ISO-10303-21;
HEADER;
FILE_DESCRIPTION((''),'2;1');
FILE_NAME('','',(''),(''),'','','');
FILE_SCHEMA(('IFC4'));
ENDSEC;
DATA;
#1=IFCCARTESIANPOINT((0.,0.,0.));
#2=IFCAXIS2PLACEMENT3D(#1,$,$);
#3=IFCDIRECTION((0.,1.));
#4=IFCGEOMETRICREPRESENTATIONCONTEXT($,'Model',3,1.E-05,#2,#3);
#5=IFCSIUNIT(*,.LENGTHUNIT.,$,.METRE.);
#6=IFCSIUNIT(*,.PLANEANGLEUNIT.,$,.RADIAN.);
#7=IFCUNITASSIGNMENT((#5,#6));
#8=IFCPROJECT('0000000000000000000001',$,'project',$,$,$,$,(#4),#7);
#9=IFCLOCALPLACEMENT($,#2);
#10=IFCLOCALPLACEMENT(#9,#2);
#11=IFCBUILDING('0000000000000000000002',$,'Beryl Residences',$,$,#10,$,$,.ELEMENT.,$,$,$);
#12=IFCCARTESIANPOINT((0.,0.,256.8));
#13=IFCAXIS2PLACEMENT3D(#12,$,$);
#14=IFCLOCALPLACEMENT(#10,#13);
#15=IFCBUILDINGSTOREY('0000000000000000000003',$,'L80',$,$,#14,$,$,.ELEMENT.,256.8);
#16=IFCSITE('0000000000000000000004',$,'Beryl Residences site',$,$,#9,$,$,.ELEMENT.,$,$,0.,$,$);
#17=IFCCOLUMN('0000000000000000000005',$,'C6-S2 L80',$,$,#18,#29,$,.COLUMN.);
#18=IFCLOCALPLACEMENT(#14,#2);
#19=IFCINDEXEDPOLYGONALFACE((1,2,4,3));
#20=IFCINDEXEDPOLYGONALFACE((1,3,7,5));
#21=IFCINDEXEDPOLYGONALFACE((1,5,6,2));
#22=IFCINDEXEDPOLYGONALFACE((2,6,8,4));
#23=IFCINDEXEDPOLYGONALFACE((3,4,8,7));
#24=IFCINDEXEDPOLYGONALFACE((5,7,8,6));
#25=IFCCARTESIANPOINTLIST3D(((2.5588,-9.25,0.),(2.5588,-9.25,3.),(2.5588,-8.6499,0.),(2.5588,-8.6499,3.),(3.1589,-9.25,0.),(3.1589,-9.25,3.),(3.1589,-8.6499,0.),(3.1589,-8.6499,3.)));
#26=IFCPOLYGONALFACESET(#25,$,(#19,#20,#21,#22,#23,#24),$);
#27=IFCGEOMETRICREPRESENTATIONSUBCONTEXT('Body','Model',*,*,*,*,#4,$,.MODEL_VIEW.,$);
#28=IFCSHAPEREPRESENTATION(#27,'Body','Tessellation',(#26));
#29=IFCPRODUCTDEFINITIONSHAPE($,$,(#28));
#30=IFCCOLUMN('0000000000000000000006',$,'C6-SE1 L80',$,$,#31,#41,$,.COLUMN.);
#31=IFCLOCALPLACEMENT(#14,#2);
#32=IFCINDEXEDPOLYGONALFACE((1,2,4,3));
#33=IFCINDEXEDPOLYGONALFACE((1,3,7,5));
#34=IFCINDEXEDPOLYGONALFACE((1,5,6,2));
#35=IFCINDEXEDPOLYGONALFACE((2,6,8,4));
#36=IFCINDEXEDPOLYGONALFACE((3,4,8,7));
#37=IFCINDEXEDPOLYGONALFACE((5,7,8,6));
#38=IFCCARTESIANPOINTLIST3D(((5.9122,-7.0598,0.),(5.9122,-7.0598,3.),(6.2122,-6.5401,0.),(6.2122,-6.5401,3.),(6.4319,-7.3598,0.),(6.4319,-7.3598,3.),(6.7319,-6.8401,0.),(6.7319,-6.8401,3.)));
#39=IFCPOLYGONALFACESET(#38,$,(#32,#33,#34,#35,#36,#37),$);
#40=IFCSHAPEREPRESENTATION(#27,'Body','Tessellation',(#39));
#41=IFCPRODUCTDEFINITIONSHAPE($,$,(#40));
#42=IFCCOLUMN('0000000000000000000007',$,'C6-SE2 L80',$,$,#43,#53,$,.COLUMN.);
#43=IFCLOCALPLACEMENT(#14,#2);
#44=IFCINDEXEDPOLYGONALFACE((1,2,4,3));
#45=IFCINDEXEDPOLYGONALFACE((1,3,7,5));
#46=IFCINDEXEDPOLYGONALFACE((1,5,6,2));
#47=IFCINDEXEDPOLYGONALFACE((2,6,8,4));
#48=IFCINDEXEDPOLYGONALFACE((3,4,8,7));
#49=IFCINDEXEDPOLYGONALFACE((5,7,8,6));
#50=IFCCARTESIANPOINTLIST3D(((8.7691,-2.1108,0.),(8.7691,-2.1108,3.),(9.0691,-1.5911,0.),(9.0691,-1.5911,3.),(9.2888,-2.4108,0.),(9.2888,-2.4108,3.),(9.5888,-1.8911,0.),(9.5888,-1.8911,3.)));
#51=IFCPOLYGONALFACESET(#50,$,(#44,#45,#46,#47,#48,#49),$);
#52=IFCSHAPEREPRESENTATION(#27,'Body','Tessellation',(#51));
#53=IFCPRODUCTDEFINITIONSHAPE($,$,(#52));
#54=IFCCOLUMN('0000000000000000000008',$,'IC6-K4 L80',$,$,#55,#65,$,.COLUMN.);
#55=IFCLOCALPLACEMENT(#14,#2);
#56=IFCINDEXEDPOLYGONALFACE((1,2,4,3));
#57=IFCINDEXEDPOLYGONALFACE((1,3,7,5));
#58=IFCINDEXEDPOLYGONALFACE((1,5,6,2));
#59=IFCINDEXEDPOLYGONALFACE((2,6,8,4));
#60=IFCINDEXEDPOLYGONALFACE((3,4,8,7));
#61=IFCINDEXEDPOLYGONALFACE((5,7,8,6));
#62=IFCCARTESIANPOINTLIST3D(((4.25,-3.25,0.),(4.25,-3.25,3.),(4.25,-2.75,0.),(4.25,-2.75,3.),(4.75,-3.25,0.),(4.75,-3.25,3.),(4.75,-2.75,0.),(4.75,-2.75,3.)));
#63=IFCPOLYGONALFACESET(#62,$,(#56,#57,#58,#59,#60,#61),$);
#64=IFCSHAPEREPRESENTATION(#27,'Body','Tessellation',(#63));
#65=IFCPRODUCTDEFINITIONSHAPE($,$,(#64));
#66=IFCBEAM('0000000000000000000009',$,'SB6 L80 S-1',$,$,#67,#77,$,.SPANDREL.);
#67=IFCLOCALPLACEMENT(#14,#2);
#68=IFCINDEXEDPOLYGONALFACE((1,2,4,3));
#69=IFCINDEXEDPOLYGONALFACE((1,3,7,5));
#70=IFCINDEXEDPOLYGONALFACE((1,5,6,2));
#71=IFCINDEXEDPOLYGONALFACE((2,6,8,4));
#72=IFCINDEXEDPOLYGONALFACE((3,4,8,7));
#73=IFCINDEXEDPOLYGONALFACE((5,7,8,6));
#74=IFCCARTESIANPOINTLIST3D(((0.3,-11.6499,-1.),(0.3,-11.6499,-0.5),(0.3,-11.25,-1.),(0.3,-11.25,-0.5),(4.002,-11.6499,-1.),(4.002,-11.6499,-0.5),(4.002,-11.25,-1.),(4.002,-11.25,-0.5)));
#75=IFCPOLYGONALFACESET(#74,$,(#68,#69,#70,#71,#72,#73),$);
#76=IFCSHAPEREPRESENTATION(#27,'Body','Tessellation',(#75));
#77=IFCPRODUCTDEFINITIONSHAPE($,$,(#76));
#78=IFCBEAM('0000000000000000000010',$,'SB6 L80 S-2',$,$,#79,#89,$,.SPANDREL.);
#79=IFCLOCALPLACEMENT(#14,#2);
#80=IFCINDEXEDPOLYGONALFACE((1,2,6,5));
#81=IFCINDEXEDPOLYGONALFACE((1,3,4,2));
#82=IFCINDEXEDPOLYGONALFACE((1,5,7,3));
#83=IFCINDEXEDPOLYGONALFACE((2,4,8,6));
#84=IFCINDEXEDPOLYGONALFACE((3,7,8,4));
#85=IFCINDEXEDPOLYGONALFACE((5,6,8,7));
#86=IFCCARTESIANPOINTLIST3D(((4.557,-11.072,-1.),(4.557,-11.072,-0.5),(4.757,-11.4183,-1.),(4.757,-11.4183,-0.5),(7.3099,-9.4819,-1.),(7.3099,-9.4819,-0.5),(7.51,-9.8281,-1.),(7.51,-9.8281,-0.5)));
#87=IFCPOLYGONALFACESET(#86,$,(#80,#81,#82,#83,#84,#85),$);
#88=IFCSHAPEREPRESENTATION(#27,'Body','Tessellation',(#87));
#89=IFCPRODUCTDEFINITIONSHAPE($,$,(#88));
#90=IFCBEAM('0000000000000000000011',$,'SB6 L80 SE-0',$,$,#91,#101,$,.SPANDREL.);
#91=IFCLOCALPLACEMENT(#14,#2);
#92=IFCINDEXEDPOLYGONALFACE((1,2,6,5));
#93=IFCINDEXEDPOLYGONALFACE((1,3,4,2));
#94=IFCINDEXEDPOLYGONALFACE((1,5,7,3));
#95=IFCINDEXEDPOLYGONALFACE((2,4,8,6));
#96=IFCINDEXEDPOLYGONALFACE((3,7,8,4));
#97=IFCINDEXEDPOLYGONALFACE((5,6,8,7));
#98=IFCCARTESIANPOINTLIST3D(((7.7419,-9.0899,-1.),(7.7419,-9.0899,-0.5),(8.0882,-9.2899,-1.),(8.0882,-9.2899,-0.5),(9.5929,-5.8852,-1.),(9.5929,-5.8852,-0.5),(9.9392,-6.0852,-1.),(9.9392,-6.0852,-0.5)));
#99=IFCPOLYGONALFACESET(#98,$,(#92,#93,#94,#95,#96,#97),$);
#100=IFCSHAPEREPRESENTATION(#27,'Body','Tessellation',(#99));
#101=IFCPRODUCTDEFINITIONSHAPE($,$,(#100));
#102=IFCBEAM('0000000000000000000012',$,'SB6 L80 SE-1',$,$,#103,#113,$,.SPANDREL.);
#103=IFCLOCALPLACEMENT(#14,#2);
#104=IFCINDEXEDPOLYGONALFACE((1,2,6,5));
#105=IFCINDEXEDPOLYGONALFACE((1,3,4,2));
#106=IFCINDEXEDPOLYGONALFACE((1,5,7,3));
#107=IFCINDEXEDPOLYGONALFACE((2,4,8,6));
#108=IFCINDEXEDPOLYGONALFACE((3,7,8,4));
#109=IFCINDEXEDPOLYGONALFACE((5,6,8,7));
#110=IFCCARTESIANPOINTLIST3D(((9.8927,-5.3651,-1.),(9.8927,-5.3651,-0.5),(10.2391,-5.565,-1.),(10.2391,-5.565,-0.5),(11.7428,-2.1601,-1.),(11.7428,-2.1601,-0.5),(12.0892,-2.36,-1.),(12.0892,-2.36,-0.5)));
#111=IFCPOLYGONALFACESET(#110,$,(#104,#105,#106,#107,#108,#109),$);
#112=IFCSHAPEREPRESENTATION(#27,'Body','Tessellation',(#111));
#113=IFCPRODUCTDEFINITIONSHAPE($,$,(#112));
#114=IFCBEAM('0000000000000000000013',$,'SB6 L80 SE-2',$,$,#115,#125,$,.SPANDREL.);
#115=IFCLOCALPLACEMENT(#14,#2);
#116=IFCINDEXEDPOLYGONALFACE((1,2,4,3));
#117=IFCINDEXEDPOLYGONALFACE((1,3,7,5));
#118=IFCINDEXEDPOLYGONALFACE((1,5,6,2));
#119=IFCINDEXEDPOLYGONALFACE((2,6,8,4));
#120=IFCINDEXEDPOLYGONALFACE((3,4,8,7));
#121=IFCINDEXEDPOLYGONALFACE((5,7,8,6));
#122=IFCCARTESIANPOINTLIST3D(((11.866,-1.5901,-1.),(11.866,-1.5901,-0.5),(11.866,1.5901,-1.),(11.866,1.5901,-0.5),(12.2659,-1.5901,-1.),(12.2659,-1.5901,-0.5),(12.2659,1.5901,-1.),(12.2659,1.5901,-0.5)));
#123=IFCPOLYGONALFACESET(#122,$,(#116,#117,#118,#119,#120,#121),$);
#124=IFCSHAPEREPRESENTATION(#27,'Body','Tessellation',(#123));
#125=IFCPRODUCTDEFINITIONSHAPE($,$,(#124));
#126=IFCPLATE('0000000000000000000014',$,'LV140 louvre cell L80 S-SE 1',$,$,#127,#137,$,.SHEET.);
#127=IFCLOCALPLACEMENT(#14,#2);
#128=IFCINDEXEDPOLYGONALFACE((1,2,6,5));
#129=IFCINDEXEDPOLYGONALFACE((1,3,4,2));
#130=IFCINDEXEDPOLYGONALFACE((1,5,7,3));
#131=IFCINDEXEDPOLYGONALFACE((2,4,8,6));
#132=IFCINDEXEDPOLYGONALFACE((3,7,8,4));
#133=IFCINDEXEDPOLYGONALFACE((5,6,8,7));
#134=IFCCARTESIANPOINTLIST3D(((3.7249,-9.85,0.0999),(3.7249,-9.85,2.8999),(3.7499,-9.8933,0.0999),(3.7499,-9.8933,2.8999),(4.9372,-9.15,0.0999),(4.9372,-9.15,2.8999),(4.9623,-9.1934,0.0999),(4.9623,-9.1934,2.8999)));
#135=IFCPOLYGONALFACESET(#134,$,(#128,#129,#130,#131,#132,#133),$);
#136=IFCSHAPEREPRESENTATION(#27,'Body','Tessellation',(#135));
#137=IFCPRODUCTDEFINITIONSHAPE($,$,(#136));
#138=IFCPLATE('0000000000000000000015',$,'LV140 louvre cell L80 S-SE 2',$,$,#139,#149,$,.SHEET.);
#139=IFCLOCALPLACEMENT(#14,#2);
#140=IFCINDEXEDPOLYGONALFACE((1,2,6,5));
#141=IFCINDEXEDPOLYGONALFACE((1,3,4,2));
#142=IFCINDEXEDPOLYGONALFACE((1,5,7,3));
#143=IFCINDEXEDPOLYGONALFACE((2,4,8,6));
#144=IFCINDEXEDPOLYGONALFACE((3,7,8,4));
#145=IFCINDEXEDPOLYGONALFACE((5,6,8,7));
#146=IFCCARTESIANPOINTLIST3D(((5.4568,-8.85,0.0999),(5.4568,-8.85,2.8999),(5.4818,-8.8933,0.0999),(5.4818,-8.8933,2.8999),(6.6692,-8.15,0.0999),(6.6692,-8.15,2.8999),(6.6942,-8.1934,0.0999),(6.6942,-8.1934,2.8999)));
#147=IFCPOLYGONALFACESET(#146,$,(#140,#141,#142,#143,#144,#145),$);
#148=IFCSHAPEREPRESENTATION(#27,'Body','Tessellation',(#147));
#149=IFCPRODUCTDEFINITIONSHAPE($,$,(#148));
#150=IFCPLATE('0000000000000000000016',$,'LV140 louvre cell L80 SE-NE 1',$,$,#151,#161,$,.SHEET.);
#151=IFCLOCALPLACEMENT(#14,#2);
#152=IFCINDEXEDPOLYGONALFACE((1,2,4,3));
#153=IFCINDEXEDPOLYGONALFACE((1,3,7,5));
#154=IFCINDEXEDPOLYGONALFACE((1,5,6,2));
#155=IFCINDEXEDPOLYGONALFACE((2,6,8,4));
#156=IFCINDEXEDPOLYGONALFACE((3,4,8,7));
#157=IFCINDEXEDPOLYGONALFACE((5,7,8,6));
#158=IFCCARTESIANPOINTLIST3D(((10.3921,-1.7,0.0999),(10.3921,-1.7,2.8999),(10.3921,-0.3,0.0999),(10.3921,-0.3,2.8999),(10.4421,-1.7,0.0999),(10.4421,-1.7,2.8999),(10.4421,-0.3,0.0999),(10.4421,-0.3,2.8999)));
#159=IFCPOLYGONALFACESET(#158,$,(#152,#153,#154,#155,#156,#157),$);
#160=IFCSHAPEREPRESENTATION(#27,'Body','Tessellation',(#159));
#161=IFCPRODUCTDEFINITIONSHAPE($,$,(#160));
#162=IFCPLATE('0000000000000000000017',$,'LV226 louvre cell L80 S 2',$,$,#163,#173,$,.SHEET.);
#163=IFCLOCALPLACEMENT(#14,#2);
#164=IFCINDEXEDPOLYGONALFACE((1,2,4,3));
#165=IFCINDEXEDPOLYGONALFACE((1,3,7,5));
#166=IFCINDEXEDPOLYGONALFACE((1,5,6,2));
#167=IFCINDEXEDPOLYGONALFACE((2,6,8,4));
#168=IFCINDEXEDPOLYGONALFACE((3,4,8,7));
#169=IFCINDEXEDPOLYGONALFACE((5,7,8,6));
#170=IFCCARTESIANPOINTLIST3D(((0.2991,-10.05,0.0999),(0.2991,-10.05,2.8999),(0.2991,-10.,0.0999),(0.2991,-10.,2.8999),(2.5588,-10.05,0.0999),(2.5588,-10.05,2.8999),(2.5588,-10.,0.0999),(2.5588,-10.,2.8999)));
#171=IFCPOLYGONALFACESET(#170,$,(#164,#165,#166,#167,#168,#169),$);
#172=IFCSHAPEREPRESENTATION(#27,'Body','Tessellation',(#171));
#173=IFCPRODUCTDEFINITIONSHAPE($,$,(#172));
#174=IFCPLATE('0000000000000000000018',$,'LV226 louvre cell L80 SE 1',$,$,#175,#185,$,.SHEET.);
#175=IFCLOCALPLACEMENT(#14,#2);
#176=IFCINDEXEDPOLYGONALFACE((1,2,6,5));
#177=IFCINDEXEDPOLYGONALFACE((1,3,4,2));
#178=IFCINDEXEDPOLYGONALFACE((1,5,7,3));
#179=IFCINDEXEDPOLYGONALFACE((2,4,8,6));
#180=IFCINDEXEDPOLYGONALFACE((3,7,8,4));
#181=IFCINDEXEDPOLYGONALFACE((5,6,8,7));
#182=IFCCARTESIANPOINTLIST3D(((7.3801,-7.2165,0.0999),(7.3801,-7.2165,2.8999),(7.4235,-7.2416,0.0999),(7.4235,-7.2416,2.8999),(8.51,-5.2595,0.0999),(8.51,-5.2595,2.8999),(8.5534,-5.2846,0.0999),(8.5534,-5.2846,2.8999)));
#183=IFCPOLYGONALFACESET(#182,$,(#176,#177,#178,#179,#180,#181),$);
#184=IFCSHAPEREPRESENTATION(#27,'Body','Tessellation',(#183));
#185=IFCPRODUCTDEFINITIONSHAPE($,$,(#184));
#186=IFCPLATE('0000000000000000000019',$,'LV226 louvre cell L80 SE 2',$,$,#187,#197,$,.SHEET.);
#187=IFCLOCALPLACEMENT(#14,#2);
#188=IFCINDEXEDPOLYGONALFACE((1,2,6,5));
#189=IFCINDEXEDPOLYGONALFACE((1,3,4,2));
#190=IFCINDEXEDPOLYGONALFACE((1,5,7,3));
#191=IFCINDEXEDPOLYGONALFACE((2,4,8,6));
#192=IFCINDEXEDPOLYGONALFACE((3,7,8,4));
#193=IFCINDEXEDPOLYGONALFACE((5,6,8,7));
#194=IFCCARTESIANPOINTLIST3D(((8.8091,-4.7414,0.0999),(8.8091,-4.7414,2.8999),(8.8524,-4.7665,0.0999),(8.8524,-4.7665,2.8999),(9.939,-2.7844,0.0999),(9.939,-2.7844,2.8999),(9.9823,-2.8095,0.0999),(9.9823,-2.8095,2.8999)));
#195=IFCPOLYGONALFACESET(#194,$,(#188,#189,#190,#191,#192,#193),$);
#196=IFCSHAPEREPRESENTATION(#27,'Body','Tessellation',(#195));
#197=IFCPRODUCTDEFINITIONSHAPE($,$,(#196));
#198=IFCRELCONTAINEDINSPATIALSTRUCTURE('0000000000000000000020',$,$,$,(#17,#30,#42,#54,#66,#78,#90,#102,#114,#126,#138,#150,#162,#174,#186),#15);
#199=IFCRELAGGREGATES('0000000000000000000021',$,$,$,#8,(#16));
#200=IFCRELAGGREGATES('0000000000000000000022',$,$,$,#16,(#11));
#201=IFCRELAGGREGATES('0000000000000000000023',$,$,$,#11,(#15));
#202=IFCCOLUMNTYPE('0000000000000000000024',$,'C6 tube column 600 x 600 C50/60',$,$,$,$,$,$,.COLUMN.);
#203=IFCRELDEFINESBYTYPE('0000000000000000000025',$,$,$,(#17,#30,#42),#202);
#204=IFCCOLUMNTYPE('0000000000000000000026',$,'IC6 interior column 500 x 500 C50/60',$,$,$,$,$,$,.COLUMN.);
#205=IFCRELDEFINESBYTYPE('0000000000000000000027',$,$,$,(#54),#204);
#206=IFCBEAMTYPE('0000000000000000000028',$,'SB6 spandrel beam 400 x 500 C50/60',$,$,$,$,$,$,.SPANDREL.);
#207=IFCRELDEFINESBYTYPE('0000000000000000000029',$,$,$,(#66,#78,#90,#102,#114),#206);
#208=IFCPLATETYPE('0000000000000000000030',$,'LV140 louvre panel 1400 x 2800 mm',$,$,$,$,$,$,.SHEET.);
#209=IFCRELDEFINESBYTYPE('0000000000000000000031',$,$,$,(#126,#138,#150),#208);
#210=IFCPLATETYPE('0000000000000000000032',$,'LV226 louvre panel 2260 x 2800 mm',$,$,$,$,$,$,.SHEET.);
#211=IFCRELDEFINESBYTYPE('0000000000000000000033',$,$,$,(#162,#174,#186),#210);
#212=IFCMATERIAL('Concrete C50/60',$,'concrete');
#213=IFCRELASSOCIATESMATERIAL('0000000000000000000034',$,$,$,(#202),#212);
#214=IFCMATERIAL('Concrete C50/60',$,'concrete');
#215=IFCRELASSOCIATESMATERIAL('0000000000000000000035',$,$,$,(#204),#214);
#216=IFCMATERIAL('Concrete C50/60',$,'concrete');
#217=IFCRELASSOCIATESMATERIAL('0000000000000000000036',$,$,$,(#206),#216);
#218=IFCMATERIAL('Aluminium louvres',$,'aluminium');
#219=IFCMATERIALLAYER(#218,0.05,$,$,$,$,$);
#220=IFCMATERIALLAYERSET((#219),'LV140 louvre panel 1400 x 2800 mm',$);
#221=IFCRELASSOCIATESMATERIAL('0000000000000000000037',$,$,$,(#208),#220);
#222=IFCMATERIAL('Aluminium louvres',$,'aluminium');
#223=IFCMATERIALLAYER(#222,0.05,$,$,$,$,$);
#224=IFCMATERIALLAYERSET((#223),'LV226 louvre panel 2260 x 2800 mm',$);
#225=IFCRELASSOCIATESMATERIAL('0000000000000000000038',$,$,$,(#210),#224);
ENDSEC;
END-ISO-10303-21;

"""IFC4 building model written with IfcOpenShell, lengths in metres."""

from ifc_helpers import new_model, si_unit, direction, frame, origin, origin_2d, place, context, subcontext, project, spatial, polyline, rectangle, outline, extrude, source, transform, mapped, material, layer, layer_set, material_profile, profile_set, type_object, type_shapes, element, save


model = new_model("IFC4")

# Units and contexts
model_context = context("Model", 3, precision=1e-05, world=origin(), true_north=direction((0.0, 1.0)))
body_context = subcontext(model_context, "Body", "Model", "MODEL_VIEW")
ifc_project = project(units=[si_unit("LENGTHUNIT", "METRE"), si_unit("PLANEANGLEUNIT", "RADIAN")], contexts=[model_context])

# Site, building, storey
site_placement = place(None, origin())
site = spatial("IfcSite", under=ifc_project, at=site_placement, Name="Beryl Residences site", CompositionType="ELEMENT", RefElevation=0.0)
building_placement = place(site_placement, origin())
building = spatial("IfcBuilding", under=site, at=building_placement, Name="Beryl Residences", CompositionType="ELEMENT")
storey_placement = place(building_placement, frame((0.0, 0.0, 256.8)))
storey = spatial("IfcBuildingStorey", under=building, at=storey_placement, Name="L80", CompositionType="ELEMENT", Elevation=256.8)

# Columns
ifc_material_1 = material(Name="Concrete C50/60", Category="concrete")
ifc_material_profile_1 = material_profile(ifc_material_1, rectangle(XDim=0.6001, YDim=0.6001, at=origin_2d()))
ifc_profile_set_1 = profile_set([ifc_material_profile_1], Name="Concrete C50/60")
column_type_1 = type_object("IfcColumnType", Name="C6 tube column 600 x 600 C50/60", PredefinedType="COLUMN", material=ifc_profile_set_1)
for number, where, z_axis, x_axis, name in (
    (1, (2.8589, -8.95, 0.0), (0.0, 0.0, 1.0), (1.0, 0.0, 0.0), "C6-S2 L80"),
    (2, (6.322, -6.95, 0.0), (0.0, 0.0, 1.0), (0.49997, 0.866043, 0.0), "C6-SE1 L80"),
    (3, (9.179, -2.001, 0.0), (0.0, 0.0, 1.0), (0.49997, 0.866043, 0.0), "C6-SE2 L80"),
):
    element("IfcColumn", number, at=place(storey_placement, frame(where, z_axis=z_axis, x_axis=x_axis)), inside=storey, type_object=column_type_1, Name=name, PredefinedType="COLUMN", context=body_context, shape_type="SweptSolid", body=[
        extrude(rectangle(XDim=0.6001, YDim=0.6001, at=origin_2d()), origin(), (0.0, 0.0, 1.0), 3.0),
    ])
ifc_material_2 = material(Name="Concrete C50/60", Category="concrete")
ifc_material_profile_2 = material_profile(ifc_material_2, rectangle(XDim=0.5, YDim=0.5, at=origin_2d()))
ifc_profile_set_2 = profile_set([ifc_material_profile_2], Name="Concrete C50/60")
column_type_2 = type_object("IfcColumnType", Name="IC6 interior column 500 x 500 C50/60", PredefinedType="COLUMN", material=ifc_profile_set_2)
column_placement = place(storey_placement, frame((4.5, -3.0, 0.0), z_axis=(0.0, 0.0, 1.0), x_axis=(1.0, 0.0, 0.0)))
element("IfcColumn", 4, at=column_placement, inside=storey, type_object=column_type_2, Name="IC6-K4 L80", PredefinedType="COLUMN", context=body_context, shape_type="SweptSolid", body=[
    extrude(rectangle(XDim=0.5, YDim=0.5, at=origin_2d()), origin(), (0.0, 0.0, 1.0), 3.0),
])

# Beams
ifc_material_3 = material(Name="Concrete C50/60", Category="concrete")
ifc_material_profile_3 = material_profile(ifc_material_3, rectangle(XDim=0.3999, YDim=0.5, at=origin_2d()))
ifc_profile_set_3 = profile_set([ifc_material_profile_3], Name="Concrete C50/60")
beam_type = type_object("IfcBeamType", Name="SB6 spandrel beam 400 x 500 C50/60", PredefinedType="SPANDREL", material=ifc_profile_set_3)
beam_1_placement = place(storey_placement, frame((0.3, -11.45, -0.75), z_axis=(1.0, 0.0, 0.0), x_axis=(0.0, 1.0, 0.0)))
element("IfcBeam", 5, at=beam_1_placement, inside=storey, type_object=beam_type, Name="SB6 L80 S-1", PredefinedType="SPANDREL", context=body_context, shape_type="SweptSolid", body=[
    extrude(rectangle(XDim=0.3999, YDim=0.5, at=origin_2d()), origin(), (0.0, 0.0, 1.0), 3.7019),
])
beam_2_placement = place(storey_placement, frame((4.657, -11.2451, -0.75), z_axis=(0.865932, 0.500161, 0.0), x_axis=(-0.500161, 0.865932, 0.0)))
element("IfcBeam", 6, at=beam_2_placement, inside=storey, type_object=beam_type, Name="SB6 L80 S-2", PredefinedType="SPANDREL", context=body_context, shape_type="SweptSolid", body=[
    extrude(rectangle(XDim=0.3999, YDim=0.5, at=origin_2d()), origin(), (0.0, 0.0, 1.0), 3.1792),
])
beam_3_placement = place(storey_placement, frame((7.915, -9.1899, -0.75), z_axis=(0.500155, 0.865936, 0.0), x_axis=(-0.865936, 0.500155, 0.0)))
element("IfcBeam", 7, at=beam_3_placement, inside=storey, type_object=beam_type, Name="SB6 L80 SE-0", PredefinedType="SPANDREL", context=body_context, shape_type="SweptSolid", body=[
    extrude(rectangle(XDim=0.3999, YDim=0.5, at=origin_2d()), origin(), (0.0, 0.0, 1.0), 3.7009),
])
beam_4_placement = place(storey_placement, frame((10.0659, -5.4651, -0.75), z_axis=(0.499928, 0.866067, 0.0), x_axis=(-0.866067, 0.499928, 0.0)))
element("IfcBeam", 8, at=beam_4_placement, inside=storey, type_object=beam_type, Name="SB6 L80 SE-1", PredefinedType="SPANDREL", context=body_context, shape_type="SweptSolid", body=[
    extrude(rectangle(XDim=0.3999, YDim=0.5, at=origin_2d()), origin(), (0.0, 0.0, 1.0), 3.7007),
])
beam_5_placement = place(storey_placement, frame((12.0659, -1.5901, -0.75), z_axis=(0.0, 1.0, 0.0), x_axis=(-1.0, 0.0, 0.0)))
element("IfcBeam", 9, at=beam_5_placement, inside=storey, type_object=beam_type, Name="SB6 L80 SE-2", PredefinedType="SPANDREL", context=body_context, shape_type="SweptSolid", body=[
    extrude(rectangle(XDim=0.3999, YDim=0.5, at=origin_2d()), origin(), (0.0, 0.0, 1.0), 3.1802),
])

# Plates
ifc_material_4 = material(Name="Aluminium louvres", Category="aluminium")
ifc_layer_1 = layer(ifc_material_4, 0.05)
ifc_layer_set_1 = layer_set([ifc_layer_1], Name="LV140 louvre panel 1400 x 2800 mm")
plate_type_1 = type_object("IfcPlateType", Name="LV140 louvre panel 1400 x 2800 mm", PredefinedType="SHEET", material=ifc_layer_set_1)
shared_shape_1 = source(origin(), body_context, "Body", "SweptSolid", [
    extrude(outline(polyline([(-0.7, 0.0), (0.7, 0.0), (0.7, 0.05), (-0.7, 0.05), (-0.7, 0.0)])), origin(), (0.0, 0.0, 1.0), 2.8),
])
type_shapes(plate_type_1, [shared_shape_1])
for number, where, z_axis, x_axis, name in (
    (10, (4.3311, -9.5, 0.0999), (0.0, 0.0, 1.0), (-0.866025, -0.5, 0.0), "LV140 louvre cell L80 S-SE 1"),
    (11, (6.063, -8.5, 0.0999), (0.0, 0.0, 1.0), (-0.866025, -0.5, 0.0), "LV140 louvre cell L80 S-SE 2"),
    (12, (10.3921, -1.0, 0.0999), (0.0, 0.0, 1.0), (0.0, -1.0, 0.0), "LV140 louvre cell L80 SE-NE 1"),
):
    element("IfcPlate", number, at=place(storey_placement, frame(where, z_axis=z_axis, x_axis=x_axis)), inside=storey, type_object=plate_type_1, Name=name, PredefinedType="SHEET", context=body_context, shape_type="MappedRepresentation", body=[
        mapped(shared_shape_1, transform((0.0, 0.0, 0.0))),
    ])
ifc_material_5 = material(Name="Aluminium louvres", Category="aluminium")
ifc_layer_2 = layer(ifc_material_5, 0.05)
ifc_layer_set_2 = layer_set([ifc_layer_2], Name="LV226 louvre panel 2260 x 2800 mm")
plate_type_2 = type_object("IfcPlateType", Name="LV226 louvre panel 2260 x 2800 mm", PredefinedType="SHEET", material=ifc_layer_set_2)
shared_shape_2 = source(origin(), body_context, "Body", "SweptSolid", [
    extrude(outline(polyline([(-1.1299, 0.0), (1.1299, 0.0), (1.1299, 0.05), (-1.1299, 0.05), (-1.1299, 0.0)])), origin(), (0.0, 0.0, 1.0), 2.8),
])
type_shapes(plate_type_2, [shared_shape_2])
for number, where, z_axis, x_axis, name in (
    (13, (1.429, -10.0, 0.0999), (0.0, 0.0, 1.0), (-1.0, 0.0, 0.0), "LV226 louvre cell L80 S 2"),
    (14, (7.9451, -6.238, 0.0999), (0.0, 0.0, 1.0), (-0.5, -0.866025, 0.0), "LV226 louvre cell L80 SE 1"),
    (15, (9.374, -3.7629, 0.0999), (0.0, 0.0, 1.0), (-0.5, -0.866025, 0.0), "LV226 louvre cell L80 SE 2"),
):
    element("IfcPlate", number, at=place(storey_placement, frame(where, z_axis=z_axis, x_axis=x_axis)), inside=storey, type_object=plate_type_2, Name=name, PredefinedType="SHEET", context=body_context, shape_type="MappedRepresentation", body=[
        mapped(shared_shape_2, transform((0.0, 0.0, 0.0))),
    ])

save(model, "model.ifc")
